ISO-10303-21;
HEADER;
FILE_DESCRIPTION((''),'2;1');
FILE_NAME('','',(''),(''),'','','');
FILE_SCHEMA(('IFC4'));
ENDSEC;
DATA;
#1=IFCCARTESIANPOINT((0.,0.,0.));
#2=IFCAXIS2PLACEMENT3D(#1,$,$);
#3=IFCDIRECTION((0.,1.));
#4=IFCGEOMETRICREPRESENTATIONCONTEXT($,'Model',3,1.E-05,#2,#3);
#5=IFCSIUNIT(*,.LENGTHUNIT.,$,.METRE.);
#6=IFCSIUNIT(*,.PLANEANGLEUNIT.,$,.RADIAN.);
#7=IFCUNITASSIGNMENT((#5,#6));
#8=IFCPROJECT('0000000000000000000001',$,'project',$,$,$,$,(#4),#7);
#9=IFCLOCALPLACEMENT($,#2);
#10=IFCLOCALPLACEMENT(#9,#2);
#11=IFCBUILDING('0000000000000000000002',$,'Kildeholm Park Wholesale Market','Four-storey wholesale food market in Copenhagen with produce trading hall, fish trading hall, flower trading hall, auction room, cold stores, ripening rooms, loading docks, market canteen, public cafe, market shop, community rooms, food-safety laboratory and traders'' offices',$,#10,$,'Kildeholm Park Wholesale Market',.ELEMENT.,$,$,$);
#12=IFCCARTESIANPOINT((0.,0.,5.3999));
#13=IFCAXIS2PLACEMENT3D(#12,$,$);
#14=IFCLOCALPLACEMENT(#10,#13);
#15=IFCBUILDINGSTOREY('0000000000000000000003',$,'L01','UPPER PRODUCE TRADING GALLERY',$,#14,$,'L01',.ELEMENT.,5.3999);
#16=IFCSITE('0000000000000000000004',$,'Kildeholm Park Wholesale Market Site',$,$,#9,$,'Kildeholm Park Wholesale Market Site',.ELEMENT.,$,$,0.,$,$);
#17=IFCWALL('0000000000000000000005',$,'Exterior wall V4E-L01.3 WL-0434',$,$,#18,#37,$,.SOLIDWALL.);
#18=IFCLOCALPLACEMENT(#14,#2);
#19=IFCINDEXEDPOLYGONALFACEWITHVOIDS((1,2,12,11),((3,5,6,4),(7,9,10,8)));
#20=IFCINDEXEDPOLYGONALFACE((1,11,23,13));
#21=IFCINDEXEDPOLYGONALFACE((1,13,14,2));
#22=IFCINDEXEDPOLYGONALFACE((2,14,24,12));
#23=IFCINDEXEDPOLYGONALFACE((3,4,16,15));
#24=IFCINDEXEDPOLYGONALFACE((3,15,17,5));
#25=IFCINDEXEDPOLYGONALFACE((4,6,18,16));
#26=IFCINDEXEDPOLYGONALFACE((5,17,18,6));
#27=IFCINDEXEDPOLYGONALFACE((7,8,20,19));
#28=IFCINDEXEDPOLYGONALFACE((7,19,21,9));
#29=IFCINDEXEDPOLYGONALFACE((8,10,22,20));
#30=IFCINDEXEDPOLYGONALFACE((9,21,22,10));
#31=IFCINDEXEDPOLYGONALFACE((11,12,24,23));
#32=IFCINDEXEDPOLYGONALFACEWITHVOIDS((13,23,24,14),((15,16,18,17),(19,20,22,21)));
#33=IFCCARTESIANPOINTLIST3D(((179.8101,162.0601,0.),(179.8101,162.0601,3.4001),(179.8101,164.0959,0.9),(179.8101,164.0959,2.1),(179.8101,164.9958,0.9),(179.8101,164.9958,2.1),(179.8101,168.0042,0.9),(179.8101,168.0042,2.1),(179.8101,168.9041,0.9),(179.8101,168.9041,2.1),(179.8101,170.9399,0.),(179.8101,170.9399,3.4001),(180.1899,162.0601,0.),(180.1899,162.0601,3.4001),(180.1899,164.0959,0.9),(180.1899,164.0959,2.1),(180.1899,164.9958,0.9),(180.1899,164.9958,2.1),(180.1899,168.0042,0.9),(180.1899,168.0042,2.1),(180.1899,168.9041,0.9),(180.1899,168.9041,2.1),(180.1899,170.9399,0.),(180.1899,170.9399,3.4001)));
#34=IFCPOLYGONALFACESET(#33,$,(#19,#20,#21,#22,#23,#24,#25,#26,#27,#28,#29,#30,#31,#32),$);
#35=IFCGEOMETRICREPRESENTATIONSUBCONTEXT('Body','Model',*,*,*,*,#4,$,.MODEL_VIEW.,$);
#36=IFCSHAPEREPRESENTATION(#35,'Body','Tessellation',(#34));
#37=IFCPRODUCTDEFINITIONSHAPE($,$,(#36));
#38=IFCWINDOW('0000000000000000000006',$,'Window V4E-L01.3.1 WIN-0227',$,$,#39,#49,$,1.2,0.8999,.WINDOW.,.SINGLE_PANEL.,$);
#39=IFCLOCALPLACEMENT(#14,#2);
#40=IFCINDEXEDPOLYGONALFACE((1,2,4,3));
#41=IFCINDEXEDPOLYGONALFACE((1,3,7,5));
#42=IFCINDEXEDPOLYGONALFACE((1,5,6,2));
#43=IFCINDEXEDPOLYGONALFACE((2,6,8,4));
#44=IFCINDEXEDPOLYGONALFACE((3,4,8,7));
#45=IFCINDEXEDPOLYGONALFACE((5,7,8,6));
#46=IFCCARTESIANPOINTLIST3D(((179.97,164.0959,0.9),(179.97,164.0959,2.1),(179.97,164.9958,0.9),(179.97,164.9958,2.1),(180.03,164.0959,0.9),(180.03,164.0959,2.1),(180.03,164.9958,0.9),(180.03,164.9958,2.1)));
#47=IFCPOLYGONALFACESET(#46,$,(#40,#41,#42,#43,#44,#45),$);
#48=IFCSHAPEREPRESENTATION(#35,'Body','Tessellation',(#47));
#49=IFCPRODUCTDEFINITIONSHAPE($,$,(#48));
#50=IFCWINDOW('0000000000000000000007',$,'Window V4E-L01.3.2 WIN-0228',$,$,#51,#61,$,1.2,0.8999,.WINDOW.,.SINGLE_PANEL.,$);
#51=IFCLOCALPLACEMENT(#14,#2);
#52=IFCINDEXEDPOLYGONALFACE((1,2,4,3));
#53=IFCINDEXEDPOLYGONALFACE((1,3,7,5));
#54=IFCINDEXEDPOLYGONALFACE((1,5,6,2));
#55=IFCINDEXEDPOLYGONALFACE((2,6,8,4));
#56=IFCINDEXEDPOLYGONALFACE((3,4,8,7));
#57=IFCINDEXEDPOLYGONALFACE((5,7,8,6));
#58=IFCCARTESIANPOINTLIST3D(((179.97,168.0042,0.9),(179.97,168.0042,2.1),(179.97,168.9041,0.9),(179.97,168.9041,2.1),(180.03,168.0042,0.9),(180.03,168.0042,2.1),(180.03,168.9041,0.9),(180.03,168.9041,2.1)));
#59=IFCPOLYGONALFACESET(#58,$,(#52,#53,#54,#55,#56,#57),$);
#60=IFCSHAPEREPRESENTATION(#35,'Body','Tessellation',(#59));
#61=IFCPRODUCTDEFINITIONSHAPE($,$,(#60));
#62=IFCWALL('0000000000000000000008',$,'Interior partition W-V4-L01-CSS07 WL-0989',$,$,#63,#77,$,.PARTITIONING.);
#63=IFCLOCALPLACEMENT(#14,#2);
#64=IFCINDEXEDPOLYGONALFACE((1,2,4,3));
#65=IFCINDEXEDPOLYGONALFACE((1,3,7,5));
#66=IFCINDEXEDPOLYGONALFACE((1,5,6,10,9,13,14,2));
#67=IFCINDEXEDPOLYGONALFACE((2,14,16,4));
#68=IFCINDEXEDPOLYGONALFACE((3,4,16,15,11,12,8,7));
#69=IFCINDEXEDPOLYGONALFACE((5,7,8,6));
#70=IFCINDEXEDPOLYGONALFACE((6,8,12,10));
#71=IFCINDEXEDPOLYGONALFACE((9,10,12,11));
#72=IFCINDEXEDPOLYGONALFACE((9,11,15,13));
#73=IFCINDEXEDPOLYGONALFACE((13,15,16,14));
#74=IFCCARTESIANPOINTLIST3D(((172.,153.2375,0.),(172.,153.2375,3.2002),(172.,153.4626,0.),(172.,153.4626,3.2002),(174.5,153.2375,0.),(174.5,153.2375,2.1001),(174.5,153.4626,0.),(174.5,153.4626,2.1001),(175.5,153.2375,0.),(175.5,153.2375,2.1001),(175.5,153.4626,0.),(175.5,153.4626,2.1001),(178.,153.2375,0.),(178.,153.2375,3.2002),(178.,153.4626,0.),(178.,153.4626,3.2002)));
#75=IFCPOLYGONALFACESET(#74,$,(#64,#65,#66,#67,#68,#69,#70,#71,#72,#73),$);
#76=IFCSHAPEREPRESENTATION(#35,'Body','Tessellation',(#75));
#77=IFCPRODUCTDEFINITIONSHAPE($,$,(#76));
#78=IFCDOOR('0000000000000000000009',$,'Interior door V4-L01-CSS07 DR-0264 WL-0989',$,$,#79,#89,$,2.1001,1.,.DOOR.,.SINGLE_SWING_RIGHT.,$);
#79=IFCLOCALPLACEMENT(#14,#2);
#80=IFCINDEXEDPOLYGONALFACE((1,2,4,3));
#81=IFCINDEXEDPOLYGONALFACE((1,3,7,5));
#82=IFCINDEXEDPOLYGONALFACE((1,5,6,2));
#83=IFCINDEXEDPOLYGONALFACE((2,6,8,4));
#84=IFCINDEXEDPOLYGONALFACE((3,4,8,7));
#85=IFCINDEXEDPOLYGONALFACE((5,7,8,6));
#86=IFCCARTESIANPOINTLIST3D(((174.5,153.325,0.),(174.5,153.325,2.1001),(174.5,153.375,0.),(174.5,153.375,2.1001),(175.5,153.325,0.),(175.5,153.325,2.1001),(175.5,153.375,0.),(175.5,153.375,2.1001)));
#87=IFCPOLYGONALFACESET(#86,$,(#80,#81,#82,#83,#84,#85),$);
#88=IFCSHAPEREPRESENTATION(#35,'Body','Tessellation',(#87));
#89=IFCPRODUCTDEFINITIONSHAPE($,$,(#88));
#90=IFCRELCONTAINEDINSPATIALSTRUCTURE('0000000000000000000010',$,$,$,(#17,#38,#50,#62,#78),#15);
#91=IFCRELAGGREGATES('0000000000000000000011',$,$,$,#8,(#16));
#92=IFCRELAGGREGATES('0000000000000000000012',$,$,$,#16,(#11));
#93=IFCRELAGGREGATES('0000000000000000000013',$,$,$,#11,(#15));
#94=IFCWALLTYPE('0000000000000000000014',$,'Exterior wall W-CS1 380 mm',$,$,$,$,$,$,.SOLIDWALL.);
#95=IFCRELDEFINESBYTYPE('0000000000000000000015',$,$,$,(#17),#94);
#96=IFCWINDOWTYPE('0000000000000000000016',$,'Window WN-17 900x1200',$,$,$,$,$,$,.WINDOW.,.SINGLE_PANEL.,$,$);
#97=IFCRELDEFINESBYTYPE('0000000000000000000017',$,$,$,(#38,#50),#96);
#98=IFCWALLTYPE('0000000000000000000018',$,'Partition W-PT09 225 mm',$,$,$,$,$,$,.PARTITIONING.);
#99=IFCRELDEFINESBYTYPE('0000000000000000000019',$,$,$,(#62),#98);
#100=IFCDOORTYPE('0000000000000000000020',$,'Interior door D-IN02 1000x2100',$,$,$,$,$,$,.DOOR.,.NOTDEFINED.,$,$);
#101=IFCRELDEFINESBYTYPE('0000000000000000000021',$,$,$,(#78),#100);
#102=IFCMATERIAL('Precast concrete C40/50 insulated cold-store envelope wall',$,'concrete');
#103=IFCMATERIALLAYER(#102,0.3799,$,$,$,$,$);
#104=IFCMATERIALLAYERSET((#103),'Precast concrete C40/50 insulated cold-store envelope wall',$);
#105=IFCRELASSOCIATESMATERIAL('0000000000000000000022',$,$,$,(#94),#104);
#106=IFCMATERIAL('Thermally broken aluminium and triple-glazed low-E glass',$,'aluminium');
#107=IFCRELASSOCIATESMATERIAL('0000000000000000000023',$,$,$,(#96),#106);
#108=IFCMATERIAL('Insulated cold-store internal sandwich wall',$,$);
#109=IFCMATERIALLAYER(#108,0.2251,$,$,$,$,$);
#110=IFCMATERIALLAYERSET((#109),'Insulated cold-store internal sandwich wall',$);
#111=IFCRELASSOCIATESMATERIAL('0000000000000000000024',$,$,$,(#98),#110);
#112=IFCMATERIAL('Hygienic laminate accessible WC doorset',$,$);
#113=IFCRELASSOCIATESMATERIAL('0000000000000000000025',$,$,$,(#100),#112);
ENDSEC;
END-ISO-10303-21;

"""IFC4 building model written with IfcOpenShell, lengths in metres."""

from ifc_helpers import new_model, si_unit, direction, frame, frame_2d, origin, place, context, subcontext, project, spatial, rectangle, extrude, material, layer, layer_set, type_object, element, fill, save


model = new_model("IFC4")

# Units and contexts
model_context = context("Model", 3, precision=1e-05, world=origin(), true_north=direction((0.0, 1.0)))
body_context = subcontext(model_context, "Body", "Model", "MODEL_VIEW")
ifc_project = project(units=[si_unit("LENGTHUNIT", "METRE"), si_unit("PLANEANGLEUNIT", "RADIAN")], contexts=[model_context])

# Site, building, storey
site_placement = place(None, origin())
site = spatial("IfcSite", under=ifc_project, at=site_placement, Name="Kildeholm Park Wholesale Market Site", LongName="Kildeholm Park Wholesale Market Site", CompositionType="ELEMENT", RefElevation=0.0)
building_placement = place(site_placement, origin())
building = spatial("IfcBuilding", under=site, at=building_placement, Name="Kildeholm Park Wholesale Market", Description="Four-storey wholesale food market in Copenhagen with produce trading hall, fish trading hall, flower trading hall, auction room, cold stores, ripening rooms, loading docks, market canteen, public cafe, market shop, community rooms, food-safety laboratory and traders' offices", LongName="Kildeholm Park Wholesale Market", CompositionType="ELEMENT")
storey_placement = place(building_placement, frame((0.0, 0.0, 5.3999)))
storey = spatial("IfcBuildingStorey", under=building, at=storey_placement, Name="L01", Description="UPPER PRODUCE TRADING GALLERY", LongName="L01", CompositionType="ELEMENT", Elevation=5.3999)

# Wall, openings, windows
ifc_material_1 = material(Name="Precast concrete C40/50 insulated cold-store envelope wall", Category="concrete")
ifc_layer_1 = layer(ifc_material_1, 0.3799)
ifc_layer_set_1 = layer_set([ifc_layer_1], Name="Precast concrete C40/50 insulated cold-store envelope wall")
wall_type_1 = type_object("IfcWallType", Name="Exterior wall W-CS1 380 mm", PredefinedType="SOLIDWALL", material=ifc_layer_set_1)
ifc_material_2 = material(Name="Thermally broken aluminium and triple-glazed low-E glass", Category="aluminium")
window_type_1 = type_object("IfcWindowType", Name="Window WN-17 900x1200", PartitioningType="SINGLE_PANEL", PredefinedType="WINDOW", material=ifc_material_2)
wall_1_placement = place(storey_placement, frame((180.0, 162.0601, 0.0), z_axis=(0.0, 0.0, 1.0), x_axis=(0.0, 1.0, 0.0)))
wall_1 = element("IfcWall", 1, at=wall_1_placement, inside=storey, type_object=wall_type_1, Name="Exterior wall V4E-L01.3 WL-0434", PredefinedType="SOLIDWALL", context=body_context, shape_type="SweptSolid", body=[
    extrude(rectangle(XDim=8.8799, YDim=0.3799, at=frame_2d((4.4399, 0.0))), origin(), (0.0, 0.0, 1.0), 3.4001),
])
opening_1_placement = place(wall_1_placement, frame((2.0359, 0.0, 0.8999)))
opening_1 = element("IfcOpeningElement", 2, at=opening_1_placement, cuts=wall_1, PredefinedType="OPENING", context=body_context, shape_type="SweptSolid", body=[
    extrude(rectangle(XDim=0.8999, YDim=1.2, at=frame_2d((0.45, 0.6001))), frame((0.0, 0.2, 0.0), z_axis=(0.0, -1.0, 0.0), x_axis=(1.0, 0.0, 0.0)), (0.0, 0.0, 1.0), 0.3999),
])
opening_2_placement = place(wall_1_placement, frame((5.9441, 0.0, 0.8999)))
opening_2 = element("IfcOpeningElement", 3, at=opening_2_placement, cuts=wall_1, PredefinedType="OPENING", context=body_context, shape_type="SweptSolid", body=[
    extrude(rectangle(XDim=0.8999, YDim=1.2, at=frame_2d((0.45, 0.6001))), frame((0.0, 0.2, 0.0), z_axis=(0.0, -1.0, 0.0), x_axis=(1.0, 0.0, 0.0)), (0.0, 0.0, 1.0), 0.3999),
])
window_1_placement = place(opening_1_placement, origin())
window_1 = element("IfcWindow", 4, at=window_1_placement, inside=storey, type_object=window_type_1, Name="Window V4E-L01.3.1 WIN-0227", OverallHeight=1.2, OverallWidth=0.8999, PartitioningType="SINGLE_PANEL", PredefinedType="WINDOW", context=body_context, shape_type="SweptSolid", body=[
    extrude(rectangle(XDim=0.8999, YDim=1.2, at=frame_2d((0.45, 0.6001))), frame((0.0, 0.03, 0.0), z_axis=(0.0, -1.0, 0.0), x_axis=(1.0, 0.0, 0.0)), (0.0, 0.0, 1.0), 0.0601),
])
fill(opening_1, window_1)
window_2_placement = place(opening_2_placement, origin())
window_2 = element("IfcWindow", 5, at=window_2_placement, inside=storey, type_object=window_type_1, Name="Window V4E-L01.3.2 WIN-0228", OverallHeight=1.2, OverallWidth=0.8999, PartitioningType="SINGLE_PANEL", PredefinedType="WINDOW", context=body_context, shape_type="SweptSolid", body=[
    extrude(rectangle(XDim=0.8999, YDim=1.2, at=frame_2d((0.45, 0.6001))), frame((0.0, 0.03, 0.0), z_axis=(0.0, -1.0, 0.0), x_axis=(1.0, 0.0, 0.0)), (0.0, 0.0, 1.0), 0.0601),
])
fill(opening_2, window_2)

# Wall, opening, door
ifc_material_3 = material(Name="Insulated cold-store internal sandwich wall")
ifc_layer_2 = layer(ifc_material_3, 0.2251)
ifc_layer_set_2 = layer_set([ifc_layer_2], Name="Insulated cold-store internal sandwich wall")
wall_type_2 = type_object("IfcWallType", Name="Partition W-PT09 225 mm", PredefinedType="PARTITIONING", material=ifc_layer_set_2)
wall_2_placement = place(storey_placement, frame((172.0, 153.3501, 0.0), z_axis=(0.0, 0.0, 1.0), x_axis=(1.0, 0.0, 0.0)))
wall_2 = element("IfcWall", 6, at=wall_2_placement, inside=storey, type_object=wall_type_2, Name="Interior partition W-V4-L01-CSS07 WL-0989", PredefinedType="PARTITIONING", context=body_context, shape_type="SweptSolid", body=[
    extrude(rectangle(XDim=6.0, YDim=0.2251, at=frame_2d((3.0, 0.0))), origin(), (0.0, 0.0, 1.0), 3.2002),
])
opening_3_placement = place(wall_2_placement, frame((2.5, 0.0, 0.0)))
opening_3 = element("IfcOpeningElement", 7, at=opening_3_placement, cuts=wall_2, PredefinedType="OPENING", context=body_context, shape_type="SweptSolid", body=[
    extrude(rectangle(XDim=1.0, YDim=2.1001, at=frame_2d((0.5, 1.05))), frame((0.0, 0.1226, 0.0), z_axis=(0.0, -1.0, 0.0), x_axis=(1.0, 0.0, 0.0)), (0.0, 0.0, 1.0), 0.2451),
])
ifc_material_4 = material(Name="Hygienic laminate accessible WC doorset")
door_type = type_object("IfcDoorType", Name="Interior door D-IN02 1000x2100", OperationType="NOTDEFINED", PredefinedType="DOOR", material=ifc_material_4)
door_placement = place(opening_3_placement, origin())
door = element("IfcDoor", 8, at=door_placement, inside=storey, type_object=door_type, Name="Interior door V4-L01-CSS07 DR-0264 WL-0989", OperationType="SINGLE_SWING_RIGHT", OverallHeight=2.1001, OverallWidth=1.0, PredefinedType="DOOR", context=body_context, shape_type="SweptSolid", body=[
    extrude(rectangle(XDim=1.0, YDim=2.1001, at=frame_2d((0.5, 1.05))), frame((0.0, 0.0249, 0.0), z_axis=(0.0, -1.0, 0.0), x_axis=(1.0, 0.0, 0.0)), (0.0, 0.0, 1.0), 0.05),
])
fill(opening_3, door)

save(model, "model.ifc")
